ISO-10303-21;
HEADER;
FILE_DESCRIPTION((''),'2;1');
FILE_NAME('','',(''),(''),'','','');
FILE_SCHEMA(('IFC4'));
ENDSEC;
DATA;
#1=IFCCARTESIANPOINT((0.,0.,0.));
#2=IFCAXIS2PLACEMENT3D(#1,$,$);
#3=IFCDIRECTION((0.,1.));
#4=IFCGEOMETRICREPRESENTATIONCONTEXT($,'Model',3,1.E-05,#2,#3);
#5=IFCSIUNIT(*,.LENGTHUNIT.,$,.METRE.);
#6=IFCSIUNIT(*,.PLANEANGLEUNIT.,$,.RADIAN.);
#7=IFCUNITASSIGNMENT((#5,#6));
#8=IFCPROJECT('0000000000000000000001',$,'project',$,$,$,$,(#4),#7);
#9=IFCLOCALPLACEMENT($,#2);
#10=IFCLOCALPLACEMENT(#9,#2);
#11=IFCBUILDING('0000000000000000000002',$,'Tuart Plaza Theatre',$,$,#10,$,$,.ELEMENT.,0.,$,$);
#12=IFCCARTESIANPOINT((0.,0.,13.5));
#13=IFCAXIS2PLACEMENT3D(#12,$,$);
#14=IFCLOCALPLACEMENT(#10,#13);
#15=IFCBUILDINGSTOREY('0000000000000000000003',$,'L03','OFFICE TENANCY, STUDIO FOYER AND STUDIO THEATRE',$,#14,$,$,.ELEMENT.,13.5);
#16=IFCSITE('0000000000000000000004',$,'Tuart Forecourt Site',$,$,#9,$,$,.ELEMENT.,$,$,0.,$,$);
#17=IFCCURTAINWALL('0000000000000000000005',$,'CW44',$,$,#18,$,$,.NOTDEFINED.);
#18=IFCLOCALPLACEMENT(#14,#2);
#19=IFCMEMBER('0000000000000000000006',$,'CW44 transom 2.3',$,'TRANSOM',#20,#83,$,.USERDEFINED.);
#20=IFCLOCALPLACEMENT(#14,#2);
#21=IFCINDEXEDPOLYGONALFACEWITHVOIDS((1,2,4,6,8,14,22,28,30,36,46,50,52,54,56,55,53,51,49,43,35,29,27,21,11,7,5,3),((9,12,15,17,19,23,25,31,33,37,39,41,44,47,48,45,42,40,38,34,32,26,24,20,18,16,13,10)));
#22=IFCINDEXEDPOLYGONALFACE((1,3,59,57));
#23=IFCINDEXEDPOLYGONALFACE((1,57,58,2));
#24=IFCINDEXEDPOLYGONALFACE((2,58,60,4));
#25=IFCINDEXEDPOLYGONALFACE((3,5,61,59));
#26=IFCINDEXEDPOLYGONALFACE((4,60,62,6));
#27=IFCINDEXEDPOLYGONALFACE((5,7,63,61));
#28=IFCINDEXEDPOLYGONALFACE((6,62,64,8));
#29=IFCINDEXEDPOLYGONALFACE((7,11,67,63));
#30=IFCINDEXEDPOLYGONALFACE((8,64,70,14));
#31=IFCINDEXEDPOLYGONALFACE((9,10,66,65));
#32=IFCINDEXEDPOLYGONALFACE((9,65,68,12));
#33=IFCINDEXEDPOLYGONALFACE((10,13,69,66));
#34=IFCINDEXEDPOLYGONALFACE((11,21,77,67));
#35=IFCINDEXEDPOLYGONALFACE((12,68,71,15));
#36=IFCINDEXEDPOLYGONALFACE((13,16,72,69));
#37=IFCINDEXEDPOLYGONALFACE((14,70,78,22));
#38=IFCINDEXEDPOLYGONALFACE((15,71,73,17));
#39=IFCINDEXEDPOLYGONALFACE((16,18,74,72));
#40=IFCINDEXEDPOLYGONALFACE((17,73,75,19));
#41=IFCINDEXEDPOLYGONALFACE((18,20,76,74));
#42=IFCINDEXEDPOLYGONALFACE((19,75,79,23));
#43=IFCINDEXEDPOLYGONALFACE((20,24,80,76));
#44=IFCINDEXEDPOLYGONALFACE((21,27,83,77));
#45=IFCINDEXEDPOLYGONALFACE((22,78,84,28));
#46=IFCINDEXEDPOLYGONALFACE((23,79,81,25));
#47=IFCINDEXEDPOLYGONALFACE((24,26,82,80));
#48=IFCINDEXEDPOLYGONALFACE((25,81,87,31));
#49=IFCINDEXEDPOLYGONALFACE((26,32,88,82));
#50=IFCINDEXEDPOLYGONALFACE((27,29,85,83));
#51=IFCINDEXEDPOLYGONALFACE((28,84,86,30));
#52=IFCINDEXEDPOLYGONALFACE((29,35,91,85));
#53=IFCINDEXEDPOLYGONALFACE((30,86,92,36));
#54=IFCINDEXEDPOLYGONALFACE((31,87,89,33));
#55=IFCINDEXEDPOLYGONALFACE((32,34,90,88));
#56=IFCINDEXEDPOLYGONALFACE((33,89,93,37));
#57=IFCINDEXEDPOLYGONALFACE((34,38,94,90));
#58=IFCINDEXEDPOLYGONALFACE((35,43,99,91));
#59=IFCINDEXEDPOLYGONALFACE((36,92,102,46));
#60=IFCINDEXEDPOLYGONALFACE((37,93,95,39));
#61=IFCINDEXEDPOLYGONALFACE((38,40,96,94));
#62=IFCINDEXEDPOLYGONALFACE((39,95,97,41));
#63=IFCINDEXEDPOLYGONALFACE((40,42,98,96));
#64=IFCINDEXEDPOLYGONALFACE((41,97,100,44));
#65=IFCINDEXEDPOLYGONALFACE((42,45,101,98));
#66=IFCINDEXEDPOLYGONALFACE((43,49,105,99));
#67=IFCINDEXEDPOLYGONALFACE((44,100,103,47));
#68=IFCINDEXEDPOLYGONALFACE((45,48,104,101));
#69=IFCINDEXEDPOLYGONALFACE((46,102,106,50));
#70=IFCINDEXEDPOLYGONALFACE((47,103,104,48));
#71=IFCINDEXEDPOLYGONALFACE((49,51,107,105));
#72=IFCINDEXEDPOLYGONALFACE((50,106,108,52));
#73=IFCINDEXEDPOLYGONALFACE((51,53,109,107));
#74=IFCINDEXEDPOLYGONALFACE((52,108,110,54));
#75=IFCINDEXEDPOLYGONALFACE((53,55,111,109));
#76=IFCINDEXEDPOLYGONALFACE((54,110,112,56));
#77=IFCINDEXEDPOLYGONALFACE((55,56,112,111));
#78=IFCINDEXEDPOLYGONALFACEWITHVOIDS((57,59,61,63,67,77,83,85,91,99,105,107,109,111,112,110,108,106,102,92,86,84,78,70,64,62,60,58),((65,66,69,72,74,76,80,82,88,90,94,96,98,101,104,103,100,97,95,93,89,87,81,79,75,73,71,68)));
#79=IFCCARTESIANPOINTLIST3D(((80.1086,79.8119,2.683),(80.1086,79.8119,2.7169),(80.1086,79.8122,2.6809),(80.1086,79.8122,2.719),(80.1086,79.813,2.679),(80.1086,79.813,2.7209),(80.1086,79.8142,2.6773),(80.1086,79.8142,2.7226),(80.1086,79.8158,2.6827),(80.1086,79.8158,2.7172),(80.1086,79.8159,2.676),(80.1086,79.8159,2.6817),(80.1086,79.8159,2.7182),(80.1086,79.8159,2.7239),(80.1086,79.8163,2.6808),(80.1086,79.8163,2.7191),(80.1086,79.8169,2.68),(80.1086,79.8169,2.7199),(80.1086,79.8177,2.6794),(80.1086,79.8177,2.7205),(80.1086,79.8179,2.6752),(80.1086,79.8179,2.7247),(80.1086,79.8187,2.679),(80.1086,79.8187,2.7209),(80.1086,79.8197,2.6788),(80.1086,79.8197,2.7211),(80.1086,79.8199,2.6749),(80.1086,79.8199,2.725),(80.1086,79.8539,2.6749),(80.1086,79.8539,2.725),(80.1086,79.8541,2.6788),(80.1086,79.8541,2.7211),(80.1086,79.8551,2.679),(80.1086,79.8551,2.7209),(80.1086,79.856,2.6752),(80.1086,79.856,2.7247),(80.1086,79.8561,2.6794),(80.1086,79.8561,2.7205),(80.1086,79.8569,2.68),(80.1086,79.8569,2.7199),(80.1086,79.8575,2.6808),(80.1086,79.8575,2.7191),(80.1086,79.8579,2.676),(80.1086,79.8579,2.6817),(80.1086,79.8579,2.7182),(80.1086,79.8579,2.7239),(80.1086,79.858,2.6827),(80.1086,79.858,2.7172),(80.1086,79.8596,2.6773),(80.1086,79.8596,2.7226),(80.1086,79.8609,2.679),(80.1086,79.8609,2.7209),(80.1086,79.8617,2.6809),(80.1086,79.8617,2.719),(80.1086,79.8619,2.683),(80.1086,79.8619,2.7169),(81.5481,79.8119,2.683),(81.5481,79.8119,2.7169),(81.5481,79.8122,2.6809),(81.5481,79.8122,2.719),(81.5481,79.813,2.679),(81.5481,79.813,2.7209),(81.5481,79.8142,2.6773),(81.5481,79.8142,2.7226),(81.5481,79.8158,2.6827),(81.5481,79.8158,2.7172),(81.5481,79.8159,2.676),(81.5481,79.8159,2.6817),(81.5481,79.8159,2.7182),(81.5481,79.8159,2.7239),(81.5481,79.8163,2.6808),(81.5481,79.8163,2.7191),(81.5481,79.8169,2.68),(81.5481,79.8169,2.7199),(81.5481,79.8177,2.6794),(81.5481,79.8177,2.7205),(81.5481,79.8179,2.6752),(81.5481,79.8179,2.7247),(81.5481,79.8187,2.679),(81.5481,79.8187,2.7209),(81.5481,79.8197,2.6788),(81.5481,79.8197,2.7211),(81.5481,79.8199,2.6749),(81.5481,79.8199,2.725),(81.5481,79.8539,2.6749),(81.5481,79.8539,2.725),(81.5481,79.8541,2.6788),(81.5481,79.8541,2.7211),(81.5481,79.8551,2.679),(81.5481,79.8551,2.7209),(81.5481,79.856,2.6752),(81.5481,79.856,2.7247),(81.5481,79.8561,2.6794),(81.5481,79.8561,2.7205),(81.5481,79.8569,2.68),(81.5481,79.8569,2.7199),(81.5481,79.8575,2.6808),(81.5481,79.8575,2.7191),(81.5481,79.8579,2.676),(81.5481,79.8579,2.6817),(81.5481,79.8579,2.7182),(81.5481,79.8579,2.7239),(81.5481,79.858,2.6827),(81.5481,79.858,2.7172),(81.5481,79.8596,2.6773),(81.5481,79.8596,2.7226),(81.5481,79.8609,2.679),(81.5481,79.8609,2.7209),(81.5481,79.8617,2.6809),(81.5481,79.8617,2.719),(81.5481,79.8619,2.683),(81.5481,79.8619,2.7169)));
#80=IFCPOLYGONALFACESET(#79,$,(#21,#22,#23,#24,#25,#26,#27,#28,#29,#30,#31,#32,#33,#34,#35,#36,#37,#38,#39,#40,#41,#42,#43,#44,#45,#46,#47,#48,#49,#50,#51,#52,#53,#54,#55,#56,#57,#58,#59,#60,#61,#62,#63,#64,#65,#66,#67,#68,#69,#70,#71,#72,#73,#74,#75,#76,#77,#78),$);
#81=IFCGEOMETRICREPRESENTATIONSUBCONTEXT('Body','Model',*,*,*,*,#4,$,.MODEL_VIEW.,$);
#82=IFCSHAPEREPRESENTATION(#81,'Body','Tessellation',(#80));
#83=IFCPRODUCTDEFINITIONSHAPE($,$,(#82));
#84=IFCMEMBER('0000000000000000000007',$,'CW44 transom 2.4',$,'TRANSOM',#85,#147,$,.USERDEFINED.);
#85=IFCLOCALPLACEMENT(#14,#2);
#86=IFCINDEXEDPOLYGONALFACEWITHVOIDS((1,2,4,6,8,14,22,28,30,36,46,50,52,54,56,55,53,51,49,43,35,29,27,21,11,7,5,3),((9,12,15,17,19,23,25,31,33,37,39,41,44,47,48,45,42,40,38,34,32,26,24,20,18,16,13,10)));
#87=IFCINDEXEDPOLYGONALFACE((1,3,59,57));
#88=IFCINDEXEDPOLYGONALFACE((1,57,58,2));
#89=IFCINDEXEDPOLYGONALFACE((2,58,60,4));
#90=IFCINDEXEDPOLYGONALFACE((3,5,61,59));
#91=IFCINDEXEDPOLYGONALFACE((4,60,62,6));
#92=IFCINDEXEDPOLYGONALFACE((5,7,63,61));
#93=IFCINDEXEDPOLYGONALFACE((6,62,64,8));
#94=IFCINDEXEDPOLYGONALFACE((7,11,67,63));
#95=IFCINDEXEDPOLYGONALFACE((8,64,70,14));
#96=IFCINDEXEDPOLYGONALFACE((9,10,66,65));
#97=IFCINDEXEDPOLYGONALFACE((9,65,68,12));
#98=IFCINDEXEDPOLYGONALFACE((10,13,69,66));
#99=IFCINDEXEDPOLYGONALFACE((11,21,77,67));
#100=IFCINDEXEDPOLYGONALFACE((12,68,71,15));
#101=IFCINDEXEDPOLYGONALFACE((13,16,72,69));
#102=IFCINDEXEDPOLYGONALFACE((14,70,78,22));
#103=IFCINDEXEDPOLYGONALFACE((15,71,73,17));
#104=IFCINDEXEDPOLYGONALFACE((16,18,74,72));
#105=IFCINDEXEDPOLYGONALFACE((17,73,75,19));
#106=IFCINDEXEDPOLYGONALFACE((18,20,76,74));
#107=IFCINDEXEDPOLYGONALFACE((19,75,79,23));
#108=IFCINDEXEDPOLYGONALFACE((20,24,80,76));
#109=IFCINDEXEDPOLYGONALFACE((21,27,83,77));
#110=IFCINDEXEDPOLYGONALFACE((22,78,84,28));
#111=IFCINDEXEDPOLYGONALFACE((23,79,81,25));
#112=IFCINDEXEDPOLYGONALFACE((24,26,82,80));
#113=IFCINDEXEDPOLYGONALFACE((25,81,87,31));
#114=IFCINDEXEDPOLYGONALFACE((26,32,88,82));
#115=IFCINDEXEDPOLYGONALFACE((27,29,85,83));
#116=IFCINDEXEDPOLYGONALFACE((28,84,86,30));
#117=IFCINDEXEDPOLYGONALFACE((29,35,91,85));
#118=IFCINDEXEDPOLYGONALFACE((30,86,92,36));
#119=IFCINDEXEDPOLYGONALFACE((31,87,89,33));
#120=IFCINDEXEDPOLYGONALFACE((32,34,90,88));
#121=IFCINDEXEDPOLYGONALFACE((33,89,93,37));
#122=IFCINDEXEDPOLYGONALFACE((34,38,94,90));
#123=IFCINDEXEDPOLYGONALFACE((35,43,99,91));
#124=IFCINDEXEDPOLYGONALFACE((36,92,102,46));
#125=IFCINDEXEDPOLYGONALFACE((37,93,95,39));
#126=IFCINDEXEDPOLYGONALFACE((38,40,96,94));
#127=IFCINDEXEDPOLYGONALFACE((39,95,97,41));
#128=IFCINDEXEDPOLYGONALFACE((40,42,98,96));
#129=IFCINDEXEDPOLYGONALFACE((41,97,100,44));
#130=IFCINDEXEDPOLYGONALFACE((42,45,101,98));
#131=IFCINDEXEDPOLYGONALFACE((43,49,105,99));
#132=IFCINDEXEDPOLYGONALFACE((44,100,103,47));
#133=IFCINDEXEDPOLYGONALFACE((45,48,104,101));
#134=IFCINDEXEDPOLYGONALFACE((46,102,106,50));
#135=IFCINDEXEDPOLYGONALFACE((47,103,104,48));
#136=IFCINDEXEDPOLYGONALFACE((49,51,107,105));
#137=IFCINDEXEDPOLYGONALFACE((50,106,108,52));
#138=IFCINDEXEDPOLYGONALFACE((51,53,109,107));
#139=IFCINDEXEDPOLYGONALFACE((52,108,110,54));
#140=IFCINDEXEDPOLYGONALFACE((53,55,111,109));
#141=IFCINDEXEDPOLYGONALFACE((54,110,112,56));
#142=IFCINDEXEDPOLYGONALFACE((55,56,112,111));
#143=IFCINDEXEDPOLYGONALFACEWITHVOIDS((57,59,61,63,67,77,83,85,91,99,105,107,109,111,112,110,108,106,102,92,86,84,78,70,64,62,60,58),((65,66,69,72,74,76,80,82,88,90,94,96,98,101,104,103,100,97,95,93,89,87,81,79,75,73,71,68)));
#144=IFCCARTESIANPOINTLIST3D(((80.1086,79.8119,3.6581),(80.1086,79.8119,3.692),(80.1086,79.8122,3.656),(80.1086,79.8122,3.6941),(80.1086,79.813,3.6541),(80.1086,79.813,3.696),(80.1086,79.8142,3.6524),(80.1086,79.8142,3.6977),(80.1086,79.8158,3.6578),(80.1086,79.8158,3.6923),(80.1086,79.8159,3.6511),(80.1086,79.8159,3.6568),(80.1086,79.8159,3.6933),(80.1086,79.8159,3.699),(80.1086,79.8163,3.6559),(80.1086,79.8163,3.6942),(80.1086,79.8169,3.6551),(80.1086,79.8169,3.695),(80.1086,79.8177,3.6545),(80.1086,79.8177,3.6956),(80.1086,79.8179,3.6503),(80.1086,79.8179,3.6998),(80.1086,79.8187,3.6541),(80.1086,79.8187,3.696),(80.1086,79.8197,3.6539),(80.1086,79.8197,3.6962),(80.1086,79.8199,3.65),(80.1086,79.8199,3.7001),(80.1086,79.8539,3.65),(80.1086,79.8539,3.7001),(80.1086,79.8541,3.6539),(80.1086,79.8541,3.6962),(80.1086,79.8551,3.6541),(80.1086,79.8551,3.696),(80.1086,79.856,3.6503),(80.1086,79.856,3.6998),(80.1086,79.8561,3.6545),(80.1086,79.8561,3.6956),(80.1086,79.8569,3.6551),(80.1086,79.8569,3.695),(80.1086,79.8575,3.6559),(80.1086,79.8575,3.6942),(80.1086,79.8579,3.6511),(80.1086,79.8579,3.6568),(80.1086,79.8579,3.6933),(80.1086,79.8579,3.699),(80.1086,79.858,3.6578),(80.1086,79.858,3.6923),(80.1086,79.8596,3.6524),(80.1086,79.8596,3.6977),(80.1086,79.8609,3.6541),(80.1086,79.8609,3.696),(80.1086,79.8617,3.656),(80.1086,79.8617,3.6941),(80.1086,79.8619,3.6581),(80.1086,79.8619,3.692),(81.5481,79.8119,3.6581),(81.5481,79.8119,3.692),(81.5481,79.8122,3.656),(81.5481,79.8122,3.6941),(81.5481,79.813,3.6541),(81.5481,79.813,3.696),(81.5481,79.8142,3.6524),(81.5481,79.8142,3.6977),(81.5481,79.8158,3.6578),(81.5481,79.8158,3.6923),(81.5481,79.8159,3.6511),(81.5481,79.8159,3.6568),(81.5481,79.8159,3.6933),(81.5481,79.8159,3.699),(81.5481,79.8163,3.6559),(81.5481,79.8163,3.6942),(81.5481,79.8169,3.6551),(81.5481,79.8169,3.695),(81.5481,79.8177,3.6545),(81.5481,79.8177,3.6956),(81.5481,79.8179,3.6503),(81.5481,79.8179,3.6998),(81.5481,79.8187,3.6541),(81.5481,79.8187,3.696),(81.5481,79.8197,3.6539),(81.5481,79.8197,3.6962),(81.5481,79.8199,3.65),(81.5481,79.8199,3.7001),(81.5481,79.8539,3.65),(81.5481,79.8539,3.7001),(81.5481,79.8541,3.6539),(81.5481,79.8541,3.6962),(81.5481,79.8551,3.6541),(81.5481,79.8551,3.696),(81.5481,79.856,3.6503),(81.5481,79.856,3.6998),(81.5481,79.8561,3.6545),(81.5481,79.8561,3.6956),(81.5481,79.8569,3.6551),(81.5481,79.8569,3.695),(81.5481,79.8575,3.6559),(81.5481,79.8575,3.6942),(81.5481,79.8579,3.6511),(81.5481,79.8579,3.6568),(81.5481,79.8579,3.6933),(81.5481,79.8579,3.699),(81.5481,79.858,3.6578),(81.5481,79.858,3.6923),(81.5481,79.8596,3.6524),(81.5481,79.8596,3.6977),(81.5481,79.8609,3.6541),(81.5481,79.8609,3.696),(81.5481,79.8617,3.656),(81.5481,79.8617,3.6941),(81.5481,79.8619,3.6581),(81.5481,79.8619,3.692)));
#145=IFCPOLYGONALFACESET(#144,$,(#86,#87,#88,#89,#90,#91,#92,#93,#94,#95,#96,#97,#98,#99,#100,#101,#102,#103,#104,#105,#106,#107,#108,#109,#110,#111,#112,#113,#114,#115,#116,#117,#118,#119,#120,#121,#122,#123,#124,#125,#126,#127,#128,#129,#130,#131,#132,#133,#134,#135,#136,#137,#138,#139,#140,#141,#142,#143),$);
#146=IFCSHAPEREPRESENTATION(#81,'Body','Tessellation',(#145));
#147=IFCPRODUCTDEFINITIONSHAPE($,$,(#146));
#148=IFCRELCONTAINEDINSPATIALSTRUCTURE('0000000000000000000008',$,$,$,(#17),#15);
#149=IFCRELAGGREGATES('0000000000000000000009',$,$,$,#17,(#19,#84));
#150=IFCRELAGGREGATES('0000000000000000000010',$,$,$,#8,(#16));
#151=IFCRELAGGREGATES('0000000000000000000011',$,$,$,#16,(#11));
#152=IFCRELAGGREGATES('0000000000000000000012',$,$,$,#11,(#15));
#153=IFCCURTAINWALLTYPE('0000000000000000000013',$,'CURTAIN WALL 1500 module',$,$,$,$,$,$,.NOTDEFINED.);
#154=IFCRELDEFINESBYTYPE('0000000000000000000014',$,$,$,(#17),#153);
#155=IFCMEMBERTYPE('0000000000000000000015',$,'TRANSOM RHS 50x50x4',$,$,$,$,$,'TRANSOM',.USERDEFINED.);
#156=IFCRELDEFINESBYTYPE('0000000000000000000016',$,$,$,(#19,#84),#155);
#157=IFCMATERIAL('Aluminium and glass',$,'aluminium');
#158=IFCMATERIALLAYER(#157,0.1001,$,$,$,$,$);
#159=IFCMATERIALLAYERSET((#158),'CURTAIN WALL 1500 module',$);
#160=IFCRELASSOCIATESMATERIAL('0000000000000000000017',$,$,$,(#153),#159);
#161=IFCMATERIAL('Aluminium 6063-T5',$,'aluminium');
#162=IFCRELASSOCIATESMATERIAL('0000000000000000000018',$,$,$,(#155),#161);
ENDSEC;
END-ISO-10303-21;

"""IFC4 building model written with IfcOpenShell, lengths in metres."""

from ifc_helpers import new_model, si_unit, direction, frame, origin, origin_2d, place, context, subcontext, project, spatial, hollow_rectangle, extrude, material, layer, layer_set, material_profile, profile_set, type_object, element, aggregate, save


model = new_model("IFC4")

# Units and contexts
model_context = context("Model", 3, precision=1e-05, world=origin(), true_north=direction((0.0, 1.0)))
body_context = subcontext(model_context, "Body", "Model", "MODEL_VIEW")
ifc_project = project(units=[si_unit("LENGTHUNIT", "METRE"), si_unit("PLANEANGLEUNIT", "RADIAN")], contexts=[model_context])

# Site, building, storey
site_placement = place(None, origin())
site = spatial("IfcSite", under=ifc_project, at=site_placement, Name="Tuart Forecourt Site", CompositionType="ELEMENT", RefElevation=0.0)
building_placement = place(site_placement, origin())
building = spatial("IfcBuilding", under=site, at=building_placement, Name="Tuart Plaza Theatre", CompositionType="ELEMENT", ElevationOfRefHeight=0.0)
storey_placement = place(building_placement, frame((0.0, 0.0, 13.5)))
storey = spatial("IfcBuildingStorey", under=building, at=storey_placement, Name="L03", Description="OFFICE TENANCY, STUDIO FOYER AND STUDIO THEATRE", CompositionType="ELEMENT", Elevation=13.5)

# Curtain wall, members
ifc_material_1 = material(Name="Aluminium and glass", Category="aluminium")
ifc_layer_1 = layer(ifc_material_1, 0.1001)
ifc_layer_set_1 = layer_set([ifc_layer_1], Name="CURTAIN WALL 1500 module")
curtain_wall_type = type_object("IfcCurtainWallType", Name="CURTAIN WALL 1500 module", PredefinedType="NOTDEFINED", material=ifc_layer_set_1)
curtain_wall_placement = place(storey_placement, origin())
curtain_wall = element("IfcCurtainWall", 1, at=curtain_wall_placement, inside=storey, type_object=curtain_wall_type, Name="CW44", PredefinedType="NOTDEFINED")
ifc_material_2 = material(Name="Aluminium 6063-T5", Category="aluminium")
ifc_material_profile_1 = material_profile(ifc_material_2, hollow_rectangle(XDim=0.05, YDim=0.05, WallThickness=0.0039, InnerFilletRadius=0.0039, OuterFilletRadius=0.0081, at=origin_2d()), Name="RHS 50x50x4")
ifc_profile_set_1 = profile_set([ifc_material_profile_1], Name="Aluminium 6063-T5")
member_type_1 = type_object("IfcMemberType", Name="TRANSOM RHS 50x50x4", ElementType="TRANSOM", PredefinedType="USERDEFINED", material=ifc_profile_set_1)
member_1_placement = place(storey_placement, frame((80.1086, 79.8369, 2.7), z_axis=(1.0, 0.0, 0.0), x_axis=(0.0, 1.0, 0.0)))
member_1 = element("IfcMember", 2, at=member_1_placement, type_object=member_type_1, Name="CW44 transom 2.3", ObjectType="TRANSOM", PredefinedType="USERDEFINED", context=body_context, shape_type="SweptSolid", body=[
    extrude(hollow_rectangle(XDim=0.05, YDim=0.05, WallThickness=0.0039, InnerFilletRadius=0.0039, OuterFilletRadius=0.0081, at=origin_2d()), origin(), (0.0, 0.0, 1.0), 1.4395),
])
member_2_placement = place(storey_placement, frame((80.1086, 79.8369, 3.675), z_axis=(1.0, 0.0, 0.0), x_axis=(0.0, 1.0, 0.0)))
member_2 = element("IfcMember", 3, at=member_2_placement, type_object=member_type_1, Name="CW44 transom 2.4", ObjectType="TRANSOM", PredefinedType="USERDEFINED", context=body_context, shape_type="SweptSolid", body=[
    extrude(hollow_rectangle(XDim=0.05, YDim=0.05, WallThickness=0.0039, InnerFilletRadius=0.0039, OuterFilletRadius=0.0081, at=origin_2d()), origin(), (0.0, 0.0, 1.0), 1.4395),
])
aggregate(curtain_wall, [member_1, member_2])

save(model, "model.ifc")
